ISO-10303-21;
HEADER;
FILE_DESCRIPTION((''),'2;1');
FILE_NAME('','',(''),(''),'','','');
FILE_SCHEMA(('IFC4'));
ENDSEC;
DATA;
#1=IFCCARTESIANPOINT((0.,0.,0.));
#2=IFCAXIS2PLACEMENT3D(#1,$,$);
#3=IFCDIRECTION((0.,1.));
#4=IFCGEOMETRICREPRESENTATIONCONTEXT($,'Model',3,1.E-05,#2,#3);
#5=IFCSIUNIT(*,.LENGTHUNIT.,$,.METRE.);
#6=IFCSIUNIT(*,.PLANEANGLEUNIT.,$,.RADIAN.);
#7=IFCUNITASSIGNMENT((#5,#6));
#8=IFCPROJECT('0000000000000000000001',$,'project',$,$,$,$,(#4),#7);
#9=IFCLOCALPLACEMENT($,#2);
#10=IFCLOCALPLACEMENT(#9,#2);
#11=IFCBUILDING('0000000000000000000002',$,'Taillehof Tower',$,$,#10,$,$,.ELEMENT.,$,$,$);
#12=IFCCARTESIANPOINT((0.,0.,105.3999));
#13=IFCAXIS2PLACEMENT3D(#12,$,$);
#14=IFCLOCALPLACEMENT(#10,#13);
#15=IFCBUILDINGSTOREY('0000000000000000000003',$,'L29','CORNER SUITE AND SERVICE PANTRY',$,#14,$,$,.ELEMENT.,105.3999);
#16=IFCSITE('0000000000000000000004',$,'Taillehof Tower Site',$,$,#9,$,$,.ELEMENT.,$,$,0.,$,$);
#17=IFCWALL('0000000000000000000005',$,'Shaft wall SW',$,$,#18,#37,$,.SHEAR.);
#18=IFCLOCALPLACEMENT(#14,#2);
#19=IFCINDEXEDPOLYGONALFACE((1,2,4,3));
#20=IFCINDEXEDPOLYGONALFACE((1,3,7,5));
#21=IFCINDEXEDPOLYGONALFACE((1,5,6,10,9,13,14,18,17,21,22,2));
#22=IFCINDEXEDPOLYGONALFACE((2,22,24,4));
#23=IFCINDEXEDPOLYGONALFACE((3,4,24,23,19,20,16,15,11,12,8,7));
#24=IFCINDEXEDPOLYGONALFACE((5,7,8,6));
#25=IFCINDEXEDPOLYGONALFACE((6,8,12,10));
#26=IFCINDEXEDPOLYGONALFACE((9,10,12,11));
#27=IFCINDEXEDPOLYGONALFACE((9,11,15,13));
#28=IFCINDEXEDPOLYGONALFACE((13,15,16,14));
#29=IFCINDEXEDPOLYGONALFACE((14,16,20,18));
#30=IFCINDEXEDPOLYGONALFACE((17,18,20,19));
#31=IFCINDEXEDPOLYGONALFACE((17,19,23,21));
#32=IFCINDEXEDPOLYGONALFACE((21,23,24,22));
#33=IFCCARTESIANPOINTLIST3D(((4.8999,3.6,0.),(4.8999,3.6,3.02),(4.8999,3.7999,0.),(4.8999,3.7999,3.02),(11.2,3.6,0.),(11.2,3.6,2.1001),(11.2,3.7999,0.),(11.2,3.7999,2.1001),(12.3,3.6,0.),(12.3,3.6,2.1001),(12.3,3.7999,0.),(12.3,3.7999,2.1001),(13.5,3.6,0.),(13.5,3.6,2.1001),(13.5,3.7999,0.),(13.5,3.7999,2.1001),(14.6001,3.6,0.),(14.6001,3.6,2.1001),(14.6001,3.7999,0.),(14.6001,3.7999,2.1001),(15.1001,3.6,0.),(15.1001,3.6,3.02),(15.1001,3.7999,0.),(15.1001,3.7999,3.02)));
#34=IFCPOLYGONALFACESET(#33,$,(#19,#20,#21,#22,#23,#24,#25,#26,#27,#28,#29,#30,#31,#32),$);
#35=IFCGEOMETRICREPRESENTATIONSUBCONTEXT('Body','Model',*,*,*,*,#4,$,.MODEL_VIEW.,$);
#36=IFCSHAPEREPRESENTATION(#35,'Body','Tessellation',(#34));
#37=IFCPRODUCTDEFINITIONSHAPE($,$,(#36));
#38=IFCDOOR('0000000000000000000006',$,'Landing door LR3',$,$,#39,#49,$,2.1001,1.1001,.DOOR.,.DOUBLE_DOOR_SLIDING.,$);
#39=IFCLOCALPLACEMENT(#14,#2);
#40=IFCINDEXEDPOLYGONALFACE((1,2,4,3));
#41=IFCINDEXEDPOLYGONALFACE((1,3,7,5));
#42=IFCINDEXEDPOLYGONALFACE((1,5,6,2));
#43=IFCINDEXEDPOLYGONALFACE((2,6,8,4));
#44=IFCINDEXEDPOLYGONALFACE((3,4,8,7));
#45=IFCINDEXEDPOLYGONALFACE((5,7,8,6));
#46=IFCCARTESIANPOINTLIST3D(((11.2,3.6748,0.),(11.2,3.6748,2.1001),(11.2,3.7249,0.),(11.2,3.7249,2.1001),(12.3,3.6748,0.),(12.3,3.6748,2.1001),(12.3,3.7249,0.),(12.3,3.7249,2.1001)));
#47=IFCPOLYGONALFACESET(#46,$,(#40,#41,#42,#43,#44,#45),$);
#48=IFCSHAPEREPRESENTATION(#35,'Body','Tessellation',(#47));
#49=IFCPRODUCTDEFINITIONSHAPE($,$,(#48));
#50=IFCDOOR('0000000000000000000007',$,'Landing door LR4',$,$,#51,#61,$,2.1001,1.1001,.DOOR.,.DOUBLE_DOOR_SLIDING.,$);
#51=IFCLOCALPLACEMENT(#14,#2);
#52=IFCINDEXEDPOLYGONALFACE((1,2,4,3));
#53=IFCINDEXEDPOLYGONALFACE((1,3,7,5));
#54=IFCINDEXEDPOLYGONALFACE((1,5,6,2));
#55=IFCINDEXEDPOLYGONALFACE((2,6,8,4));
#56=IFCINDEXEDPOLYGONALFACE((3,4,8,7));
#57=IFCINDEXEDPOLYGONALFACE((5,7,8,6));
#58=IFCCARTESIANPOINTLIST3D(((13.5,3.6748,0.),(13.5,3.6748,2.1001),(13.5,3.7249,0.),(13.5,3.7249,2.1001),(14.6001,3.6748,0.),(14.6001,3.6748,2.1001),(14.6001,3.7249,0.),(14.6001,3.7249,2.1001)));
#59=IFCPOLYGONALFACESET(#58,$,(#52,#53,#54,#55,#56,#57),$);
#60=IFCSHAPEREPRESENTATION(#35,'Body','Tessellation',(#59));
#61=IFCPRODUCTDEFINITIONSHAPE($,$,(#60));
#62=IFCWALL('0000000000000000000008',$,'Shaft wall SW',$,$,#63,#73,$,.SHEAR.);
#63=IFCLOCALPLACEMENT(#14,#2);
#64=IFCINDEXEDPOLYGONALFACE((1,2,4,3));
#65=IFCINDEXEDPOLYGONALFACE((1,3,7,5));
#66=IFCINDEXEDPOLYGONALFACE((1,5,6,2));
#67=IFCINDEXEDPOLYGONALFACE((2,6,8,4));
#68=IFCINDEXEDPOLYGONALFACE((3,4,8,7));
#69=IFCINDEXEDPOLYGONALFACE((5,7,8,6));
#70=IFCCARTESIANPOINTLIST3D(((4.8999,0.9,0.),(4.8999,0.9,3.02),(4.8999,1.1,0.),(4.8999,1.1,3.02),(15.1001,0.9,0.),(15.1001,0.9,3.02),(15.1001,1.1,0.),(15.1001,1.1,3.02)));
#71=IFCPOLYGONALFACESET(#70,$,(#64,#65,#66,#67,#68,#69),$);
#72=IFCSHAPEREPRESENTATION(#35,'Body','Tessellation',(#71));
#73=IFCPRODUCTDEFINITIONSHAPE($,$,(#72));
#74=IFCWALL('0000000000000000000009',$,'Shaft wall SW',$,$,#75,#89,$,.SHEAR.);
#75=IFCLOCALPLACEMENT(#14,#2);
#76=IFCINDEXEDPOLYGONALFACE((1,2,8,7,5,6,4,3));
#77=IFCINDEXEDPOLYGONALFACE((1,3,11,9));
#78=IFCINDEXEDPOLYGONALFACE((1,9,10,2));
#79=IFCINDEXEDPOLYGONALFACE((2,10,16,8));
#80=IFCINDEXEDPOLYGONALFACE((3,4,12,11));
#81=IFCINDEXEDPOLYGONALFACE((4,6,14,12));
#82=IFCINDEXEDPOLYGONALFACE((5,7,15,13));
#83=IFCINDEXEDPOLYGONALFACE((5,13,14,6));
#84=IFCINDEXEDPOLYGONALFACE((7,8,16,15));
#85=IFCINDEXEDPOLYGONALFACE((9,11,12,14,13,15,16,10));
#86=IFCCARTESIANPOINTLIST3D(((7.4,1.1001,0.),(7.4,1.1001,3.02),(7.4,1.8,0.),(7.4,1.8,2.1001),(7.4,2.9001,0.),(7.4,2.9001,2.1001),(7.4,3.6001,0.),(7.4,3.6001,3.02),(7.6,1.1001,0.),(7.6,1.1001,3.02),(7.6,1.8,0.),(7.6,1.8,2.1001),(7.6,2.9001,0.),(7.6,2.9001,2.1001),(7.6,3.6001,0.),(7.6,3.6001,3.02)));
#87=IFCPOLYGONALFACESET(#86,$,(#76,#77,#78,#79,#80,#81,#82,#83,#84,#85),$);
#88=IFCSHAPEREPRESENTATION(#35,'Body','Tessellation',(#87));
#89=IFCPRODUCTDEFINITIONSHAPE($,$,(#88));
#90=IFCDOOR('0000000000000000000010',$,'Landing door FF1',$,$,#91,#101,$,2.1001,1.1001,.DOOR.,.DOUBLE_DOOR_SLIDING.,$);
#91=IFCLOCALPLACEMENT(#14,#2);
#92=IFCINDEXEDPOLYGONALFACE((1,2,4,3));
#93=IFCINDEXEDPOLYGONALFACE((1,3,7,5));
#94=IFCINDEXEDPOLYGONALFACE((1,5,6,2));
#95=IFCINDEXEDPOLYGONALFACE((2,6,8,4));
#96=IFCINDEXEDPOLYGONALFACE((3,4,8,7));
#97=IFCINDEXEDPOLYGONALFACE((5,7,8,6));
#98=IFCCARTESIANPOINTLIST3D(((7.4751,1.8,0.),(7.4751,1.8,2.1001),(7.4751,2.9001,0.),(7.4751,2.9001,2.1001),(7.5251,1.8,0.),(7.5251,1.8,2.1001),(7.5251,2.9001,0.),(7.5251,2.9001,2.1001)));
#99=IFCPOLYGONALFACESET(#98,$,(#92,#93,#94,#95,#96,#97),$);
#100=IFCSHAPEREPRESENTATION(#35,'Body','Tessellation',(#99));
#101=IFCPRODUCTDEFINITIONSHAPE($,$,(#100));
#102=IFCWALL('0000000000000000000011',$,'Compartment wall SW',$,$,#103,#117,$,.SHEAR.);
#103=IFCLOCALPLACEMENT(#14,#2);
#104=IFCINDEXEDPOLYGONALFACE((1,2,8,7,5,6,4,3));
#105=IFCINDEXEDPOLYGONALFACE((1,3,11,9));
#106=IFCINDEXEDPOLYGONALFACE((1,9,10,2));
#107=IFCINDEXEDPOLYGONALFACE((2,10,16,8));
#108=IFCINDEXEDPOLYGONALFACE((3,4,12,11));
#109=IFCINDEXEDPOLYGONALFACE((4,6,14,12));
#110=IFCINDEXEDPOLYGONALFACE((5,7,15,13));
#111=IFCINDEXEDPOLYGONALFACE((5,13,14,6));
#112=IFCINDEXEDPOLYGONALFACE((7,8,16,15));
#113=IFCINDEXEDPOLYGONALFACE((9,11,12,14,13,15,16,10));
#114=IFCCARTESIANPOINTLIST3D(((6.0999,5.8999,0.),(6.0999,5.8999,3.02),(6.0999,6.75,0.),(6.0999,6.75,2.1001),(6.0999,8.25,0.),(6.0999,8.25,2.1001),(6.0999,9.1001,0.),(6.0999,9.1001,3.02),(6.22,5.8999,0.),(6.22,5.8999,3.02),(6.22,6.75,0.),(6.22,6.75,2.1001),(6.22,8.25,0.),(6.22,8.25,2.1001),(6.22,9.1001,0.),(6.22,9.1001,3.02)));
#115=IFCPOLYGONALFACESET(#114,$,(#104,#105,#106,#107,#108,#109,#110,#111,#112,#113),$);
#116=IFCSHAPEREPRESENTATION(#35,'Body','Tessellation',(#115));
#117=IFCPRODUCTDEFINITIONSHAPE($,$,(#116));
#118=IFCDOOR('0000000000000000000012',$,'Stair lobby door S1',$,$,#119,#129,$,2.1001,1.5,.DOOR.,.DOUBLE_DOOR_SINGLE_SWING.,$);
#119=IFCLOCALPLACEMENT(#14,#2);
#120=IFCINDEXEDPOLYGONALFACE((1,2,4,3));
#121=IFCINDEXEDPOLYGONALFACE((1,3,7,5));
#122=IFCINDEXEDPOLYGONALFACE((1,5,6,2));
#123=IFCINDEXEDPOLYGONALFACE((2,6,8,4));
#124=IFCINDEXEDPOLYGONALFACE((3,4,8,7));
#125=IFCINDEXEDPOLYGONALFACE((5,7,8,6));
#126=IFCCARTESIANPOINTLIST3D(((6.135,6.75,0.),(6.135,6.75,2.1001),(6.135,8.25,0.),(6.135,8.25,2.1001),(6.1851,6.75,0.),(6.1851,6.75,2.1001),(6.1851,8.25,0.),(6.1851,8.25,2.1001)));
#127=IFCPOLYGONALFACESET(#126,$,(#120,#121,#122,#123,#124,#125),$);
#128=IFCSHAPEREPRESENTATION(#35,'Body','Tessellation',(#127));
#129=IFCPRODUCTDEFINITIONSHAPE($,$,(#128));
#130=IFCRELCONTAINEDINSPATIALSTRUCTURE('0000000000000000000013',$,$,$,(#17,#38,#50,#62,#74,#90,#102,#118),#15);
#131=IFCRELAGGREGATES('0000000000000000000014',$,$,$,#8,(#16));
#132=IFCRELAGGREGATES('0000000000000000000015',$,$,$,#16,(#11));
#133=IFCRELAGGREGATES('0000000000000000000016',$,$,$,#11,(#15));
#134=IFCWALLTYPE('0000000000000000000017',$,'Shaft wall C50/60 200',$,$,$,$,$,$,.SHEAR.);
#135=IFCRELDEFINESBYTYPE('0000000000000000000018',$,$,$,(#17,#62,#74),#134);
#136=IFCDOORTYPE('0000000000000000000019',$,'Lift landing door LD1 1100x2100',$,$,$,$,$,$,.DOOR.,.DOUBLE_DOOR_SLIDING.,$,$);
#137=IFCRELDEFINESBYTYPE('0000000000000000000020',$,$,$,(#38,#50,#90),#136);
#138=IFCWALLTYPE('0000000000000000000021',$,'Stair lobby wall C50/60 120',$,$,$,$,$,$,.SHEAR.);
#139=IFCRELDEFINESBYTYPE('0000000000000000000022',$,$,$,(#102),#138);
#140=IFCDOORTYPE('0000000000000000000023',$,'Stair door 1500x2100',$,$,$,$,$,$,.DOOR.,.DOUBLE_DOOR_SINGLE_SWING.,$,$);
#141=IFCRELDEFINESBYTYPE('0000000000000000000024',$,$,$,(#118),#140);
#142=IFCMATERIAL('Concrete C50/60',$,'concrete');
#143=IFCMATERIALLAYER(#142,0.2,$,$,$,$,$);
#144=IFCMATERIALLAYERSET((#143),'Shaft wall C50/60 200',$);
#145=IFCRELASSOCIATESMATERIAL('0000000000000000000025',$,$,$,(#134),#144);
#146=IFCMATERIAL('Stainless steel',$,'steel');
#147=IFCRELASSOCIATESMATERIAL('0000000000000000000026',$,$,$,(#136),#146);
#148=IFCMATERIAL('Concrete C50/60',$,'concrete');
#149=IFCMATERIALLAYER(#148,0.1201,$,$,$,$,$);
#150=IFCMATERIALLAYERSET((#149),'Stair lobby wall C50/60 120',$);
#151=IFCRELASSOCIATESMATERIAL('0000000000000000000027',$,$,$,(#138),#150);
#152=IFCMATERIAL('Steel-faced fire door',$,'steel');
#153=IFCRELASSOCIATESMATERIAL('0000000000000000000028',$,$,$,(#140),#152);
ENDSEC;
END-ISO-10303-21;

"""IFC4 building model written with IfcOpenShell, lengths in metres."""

from ifc_helpers import new_model, si_unit, direction, frame, frame_2d, origin, place, context, subcontext, project, spatial, rectangle, extrude, material, layer, layer_set, type_object, element, fill, save


model = new_model("IFC4")

# Units and contexts
model_context = context("Model", 3, precision=1e-05, world=origin(), true_north=direction((0.0, 1.0)))
body_context = subcontext(model_context, "Body", "Model", "MODEL_VIEW")
ifc_project = project(units=[si_unit("LENGTHUNIT", "METRE"), si_unit("PLANEANGLEUNIT", "RADIAN")], contexts=[model_context])

# Site, building, storey
site_placement = place(None, origin())
site = spatial("IfcSite", under=ifc_project, at=site_placement, Name="Taillehof Tower Site", CompositionType="ELEMENT", RefElevation=0.0)
building_placement = place(site_placement, origin())
building = spatial("IfcBuilding", under=site, at=building_placement, Name="Taillehof Tower", CompositionType="ELEMENT")
storey_placement = place(building_placement, frame((0.0, 0.0, 105.3999)))
storey = spatial("IfcBuildingStorey", under=building, at=storey_placement, Name="L29", Description="CORNER SUITE AND SERVICE PANTRY", CompositionType="ELEMENT", Elevation=105.3999)

# Wall, openings, doors
ifc_material_1 = material(Name="Concrete C50/60", Category="concrete")
ifc_layer_1 = layer(ifc_material_1, 0.2)
ifc_layer_set_1 = layer_set([ifc_layer_1], Name="Shaft wall C50/60 200")
wall_type_1 = type_object("IfcWallType", Name="Shaft wall C50/60 200", PredefinedType="SHEAR", material=ifc_layer_set_1)
ifc_material_2 = material(Name="Stainless steel", Category="steel")
door_type_1 = type_object("IfcDoorType", Name="Lift landing door LD1 1100x2100", OperationType="DOUBLE_DOOR_SLIDING", PredefinedType="DOOR", material=ifc_material_2)
wall_1_placement = place(storey_placement, frame((4.8999, 3.7, 0.0), z_axis=(0.0, 0.0, 1.0), x_axis=(1.0, 0.0, 0.0)))
wall_1 = element("IfcWall", 1, at=wall_1_placement, inside=storey, type_object=wall_type_1, Name="Shaft wall SW", PredefinedType="SHEAR", context=body_context, shape_type="SweptSolid", body=[
    extrude(rectangle(XDim=10.2002, YDim=0.2, at=frame_2d((5.1001, 0.0))), origin(), (0.0, 0.0, 1.0), 3.02),
])
opening_1_placement = place(wall_1_placement, frame((6.3, 0.0, 0.0)))
opening_1 = element("IfcOpeningElement", 2, at=opening_1_placement, cuts=wall_1, PredefinedType="OPENING", context=body_context, shape_type="SweptSolid", body=[
    extrude(rectangle(XDim=1.1001, YDim=2.1001, at=frame_2d((0.55, 1.05))), frame((0.0, 0.1099, 0.0), z_axis=(0.0, -1.0, 0.0), x_axis=(1.0, 0.0, 0.0)), (0.0, 0.0, 1.0), 0.22),
])
opening_2_placement = place(wall_1_placement, frame((8.6001, 0.0, 0.0)))
opening_2 = element("IfcOpeningElement", 3, at=opening_2_placement, cuts=wall_1, PredefinedType="OPENING", context=body_context, shape_type="SweptSolid", body=[
    extrude(rectangle(XDim=1.1001, YDim=2.1001, at=frame_2d((0.55, 1.05))), frame((0.0, 0.1099, 0.0), z_axis=(0.0, -1.0, 0.0), x_axis=(1.0, 0.0, 0.0)), (0.0, 0.0, 1.0), 0.22),
])
door_1_placement = place(opening_1_placement, origin())
door_1 = element("IfcDoor", 4, at=door_1_placement, inside=storey, type_object=door_type_1, Name="Landing door LR3", OperationType="DOUBLE_DOOR_SLIDING", OverallHeight=2.1001, OverallWidth=1.1001, PredefinedType="DOOR", context=body_context, shape_type="SweptSolid", body=[
    extrude(rectangle(XDim=1.1001, YDim=2.1001, at=frame_2d((0.55, 1.05))), frame((0.0, 0.0249, 0.0), z_axis=(0.0, -1.0, 0.0), x_axis=(1.0, 0.0, 0.0)), (0.0, 0.0, 1.0), 0.05),
])
fill(opening_1, door_1)
door_2_placement = place(opening_2_placement, origin())
door_2 = element("IfcDoor", 5, at=door_2_placement, inside=storey, type_object=door_type_1, Name="Landing door LR4", OperationType="DOUBLE_DOOR_SLIDING", OverallHeight=2.1001, OverallWidth=1.1001, PredefinedType="DOOR", context=body_context, shape_type="SweptSolid", body=[
    extrude(rectangle(XDim=1.1001, YDim=2.1001, at=frame_2d((0.55, 1.05))), frame((0.0, 0.0249, 0.0), z_axis=(0.0, -1.0, 0.0), x_axis=(1.0, 0.0, 0.0)), (0.0, 0.0, 1.0), 0.05),
])
fill(opening_2, door_2)

# Wall
wall_2_placement = place(storey_placement, frame((4.8999, 1.0, 0.0), z_axis=(0.0, 0.0, 1.0), x_axis=(1.0, 0.0, 0.0)))
element("IfcWall", 6, at=wall_2_placement, inside=storey, type_object=wall_type_1, Name="Shaft wall SW", PredefinedType="SHEAR", context=body_context, shape_type="SweptSolid", body=[
    extrude(rectangle(XDim=10.2002, YDim=0.2, at=frame_2d((5.1001, 0.0))), origin(), (0.0, 0.0, 1.0), 3.02),
])

# Walls, openings, doors
wall_3_placement = place(storey_placement, frame((7.5, 1.1001, 0.0), z_axis=(0.0, 0.0, 1.0), x_axis=(0.0, 1.0, 0.0)))
wall_3 = element("IfcWall", 7, at=wall_3_placement, inside=storey, type_object=wall_type_1, Name="Shaft wall SW", PredefinedType="SHEAR", context=body_context, shape_type="SweptSolid", body=[
    extrude(rectangle(XDim=2.5, YDim=0.2, at=frame_2d((1.25, 0.0))), origin(), (0.0, 0.0, 1.0), 3.02),
])
opening_3_placement = place(wall_3_placement, frame((0.7, 0.0, 0.0)))
opening_3 = element("IfcOpeningElement", 8, at=opening_3_placement, cuts=wall_3, PredefinedType="OPENING", context=body_context, shape_type="SweptSolid", body=[
    extrude(rectangle(XDim=1.1001, YDim=2.1001, at=frame_2d((0.55, 1.05))), frame((0.0, 0.1099, 0.0), z_axis=(0.0, -1.0, 0.0), x_axis=(1.0, 0.0, 0.0)), (0.0, 0.0, 1.0), 0.22),
])
door_3_placement = place(opening_3_placement, origin())
door_3 = element("IfcDoor", 9, at=door_3_placement, inside=storey, type_object=door_type_1, Name="Landing door FF1", OperationType="DOUBLE_DOOR_SLIDING", OverallHeight=2.1001, OverallWidth=1.1001, PredefinedType="DOOR", context=body_context, shape_type="SweptSolid", body=[
    extrude(rectangle(XDim=1.1001, YDim=2.1001, at=frame_2d((0.55, 1.05))), frame((0.0, 0.0249, 0.0), z_axis=(0.0, -1.0, 0.0), x_axis=(1.0, 0.0, 0.0)), (0.0, 0.0, 1.0), 0.05),
])
fill(opening_3, door_3)
ifc_material_3 = material(Name="Concrete C50/60", Category="concrete")
ifc_layer_2 = layer(ifc_material_3, 0.1201)
ifc_layer_set_2 = layer_set([ifc_layer_2], Name="Stair lobby wall C50/60 120")
wall_type_2 = type_object("IfcWallType", Name="Stair lobby wall C50/60 120", PredefinedType="SHEAR", material=ifc_layer_set_2)
wall_4_placement = place(storey_placement, frame((6.1599, 5.8999, 0.0), z_axis=(0.0, 0.0, 1.0), x_axis=(0.0, 1.0, 0.0)))
wall_4 = element("IfcWall", 10, at=wall_4_placement, inside=storey, type_object=wall_type_2, Name="Compartment wall SW", PredefinedType="SHEAR", context=body_context, shape_type="SweptSolid", body=[
    extrude(rectangle(XDim=3.2002, YDim=0.1201, at=frame_2d((1.6001, 0.0))), origin(), (0.0, 0.0, 1.0), 3.02),
])
opening_4_placement = place(wall_4_placement, frame((0.8501, 0.0, 0.0)))
opening_4 = element("IfcOpeningElement", 11, at=opening_4_placement, cuts=wall_4, PredefinedType="OPENING", context=body_context, shape_type="SweptSolid", body=[
    extrude(rectangle(XDim=1.5, YDim=2.1001, at=frame_2d((0.75, 1.05))), frame((0.0, 0.0701, 0.0), z_axis=(0.0, -1.0, 0.0), x_axis=(1.0, 0.0, 0.0)), (0.0, 0.0, 1.0), 0.1401),
])
ifc_material_4 = material(Name="Steel-faced fire door", Category="steel")
door_type_2 = type_object("IfcDoorType", Name="Stair door 1500x2100", OperationType="DOUBLE_DOOR_SINGLE_SWING", PredefinedType="DOOR", material=ifc_material_4)
door_4_placement = place(opening_4_placement, origin())
door_4 = element("IfcDoor", 12, at=door_4_placement, inside=storey, type_object=door_type_2, Name="Stair lobby door S1", OperationType="DOUBLE_DOOR_SINGLE_SWING", OverallHeight=2.1001, OverallWidth=1.5, PredefinedType="DOOR", context=body_context, shape_type="SweptSolid", body=[
    extrude(rectangle(XDim=1.5, YDim=2.1001, at=frame_2d((0.75, 1.05))), frame((0.0, 0.0249, 0.0), z_axis=(0.0, -1.0, 0.0), x_axis=(1.0, 0.0, 0.0)), (0.0, 0.0, 1.0), 0.05),
])
fill(opening_4, door_4)

save(model, "model.ifc")
